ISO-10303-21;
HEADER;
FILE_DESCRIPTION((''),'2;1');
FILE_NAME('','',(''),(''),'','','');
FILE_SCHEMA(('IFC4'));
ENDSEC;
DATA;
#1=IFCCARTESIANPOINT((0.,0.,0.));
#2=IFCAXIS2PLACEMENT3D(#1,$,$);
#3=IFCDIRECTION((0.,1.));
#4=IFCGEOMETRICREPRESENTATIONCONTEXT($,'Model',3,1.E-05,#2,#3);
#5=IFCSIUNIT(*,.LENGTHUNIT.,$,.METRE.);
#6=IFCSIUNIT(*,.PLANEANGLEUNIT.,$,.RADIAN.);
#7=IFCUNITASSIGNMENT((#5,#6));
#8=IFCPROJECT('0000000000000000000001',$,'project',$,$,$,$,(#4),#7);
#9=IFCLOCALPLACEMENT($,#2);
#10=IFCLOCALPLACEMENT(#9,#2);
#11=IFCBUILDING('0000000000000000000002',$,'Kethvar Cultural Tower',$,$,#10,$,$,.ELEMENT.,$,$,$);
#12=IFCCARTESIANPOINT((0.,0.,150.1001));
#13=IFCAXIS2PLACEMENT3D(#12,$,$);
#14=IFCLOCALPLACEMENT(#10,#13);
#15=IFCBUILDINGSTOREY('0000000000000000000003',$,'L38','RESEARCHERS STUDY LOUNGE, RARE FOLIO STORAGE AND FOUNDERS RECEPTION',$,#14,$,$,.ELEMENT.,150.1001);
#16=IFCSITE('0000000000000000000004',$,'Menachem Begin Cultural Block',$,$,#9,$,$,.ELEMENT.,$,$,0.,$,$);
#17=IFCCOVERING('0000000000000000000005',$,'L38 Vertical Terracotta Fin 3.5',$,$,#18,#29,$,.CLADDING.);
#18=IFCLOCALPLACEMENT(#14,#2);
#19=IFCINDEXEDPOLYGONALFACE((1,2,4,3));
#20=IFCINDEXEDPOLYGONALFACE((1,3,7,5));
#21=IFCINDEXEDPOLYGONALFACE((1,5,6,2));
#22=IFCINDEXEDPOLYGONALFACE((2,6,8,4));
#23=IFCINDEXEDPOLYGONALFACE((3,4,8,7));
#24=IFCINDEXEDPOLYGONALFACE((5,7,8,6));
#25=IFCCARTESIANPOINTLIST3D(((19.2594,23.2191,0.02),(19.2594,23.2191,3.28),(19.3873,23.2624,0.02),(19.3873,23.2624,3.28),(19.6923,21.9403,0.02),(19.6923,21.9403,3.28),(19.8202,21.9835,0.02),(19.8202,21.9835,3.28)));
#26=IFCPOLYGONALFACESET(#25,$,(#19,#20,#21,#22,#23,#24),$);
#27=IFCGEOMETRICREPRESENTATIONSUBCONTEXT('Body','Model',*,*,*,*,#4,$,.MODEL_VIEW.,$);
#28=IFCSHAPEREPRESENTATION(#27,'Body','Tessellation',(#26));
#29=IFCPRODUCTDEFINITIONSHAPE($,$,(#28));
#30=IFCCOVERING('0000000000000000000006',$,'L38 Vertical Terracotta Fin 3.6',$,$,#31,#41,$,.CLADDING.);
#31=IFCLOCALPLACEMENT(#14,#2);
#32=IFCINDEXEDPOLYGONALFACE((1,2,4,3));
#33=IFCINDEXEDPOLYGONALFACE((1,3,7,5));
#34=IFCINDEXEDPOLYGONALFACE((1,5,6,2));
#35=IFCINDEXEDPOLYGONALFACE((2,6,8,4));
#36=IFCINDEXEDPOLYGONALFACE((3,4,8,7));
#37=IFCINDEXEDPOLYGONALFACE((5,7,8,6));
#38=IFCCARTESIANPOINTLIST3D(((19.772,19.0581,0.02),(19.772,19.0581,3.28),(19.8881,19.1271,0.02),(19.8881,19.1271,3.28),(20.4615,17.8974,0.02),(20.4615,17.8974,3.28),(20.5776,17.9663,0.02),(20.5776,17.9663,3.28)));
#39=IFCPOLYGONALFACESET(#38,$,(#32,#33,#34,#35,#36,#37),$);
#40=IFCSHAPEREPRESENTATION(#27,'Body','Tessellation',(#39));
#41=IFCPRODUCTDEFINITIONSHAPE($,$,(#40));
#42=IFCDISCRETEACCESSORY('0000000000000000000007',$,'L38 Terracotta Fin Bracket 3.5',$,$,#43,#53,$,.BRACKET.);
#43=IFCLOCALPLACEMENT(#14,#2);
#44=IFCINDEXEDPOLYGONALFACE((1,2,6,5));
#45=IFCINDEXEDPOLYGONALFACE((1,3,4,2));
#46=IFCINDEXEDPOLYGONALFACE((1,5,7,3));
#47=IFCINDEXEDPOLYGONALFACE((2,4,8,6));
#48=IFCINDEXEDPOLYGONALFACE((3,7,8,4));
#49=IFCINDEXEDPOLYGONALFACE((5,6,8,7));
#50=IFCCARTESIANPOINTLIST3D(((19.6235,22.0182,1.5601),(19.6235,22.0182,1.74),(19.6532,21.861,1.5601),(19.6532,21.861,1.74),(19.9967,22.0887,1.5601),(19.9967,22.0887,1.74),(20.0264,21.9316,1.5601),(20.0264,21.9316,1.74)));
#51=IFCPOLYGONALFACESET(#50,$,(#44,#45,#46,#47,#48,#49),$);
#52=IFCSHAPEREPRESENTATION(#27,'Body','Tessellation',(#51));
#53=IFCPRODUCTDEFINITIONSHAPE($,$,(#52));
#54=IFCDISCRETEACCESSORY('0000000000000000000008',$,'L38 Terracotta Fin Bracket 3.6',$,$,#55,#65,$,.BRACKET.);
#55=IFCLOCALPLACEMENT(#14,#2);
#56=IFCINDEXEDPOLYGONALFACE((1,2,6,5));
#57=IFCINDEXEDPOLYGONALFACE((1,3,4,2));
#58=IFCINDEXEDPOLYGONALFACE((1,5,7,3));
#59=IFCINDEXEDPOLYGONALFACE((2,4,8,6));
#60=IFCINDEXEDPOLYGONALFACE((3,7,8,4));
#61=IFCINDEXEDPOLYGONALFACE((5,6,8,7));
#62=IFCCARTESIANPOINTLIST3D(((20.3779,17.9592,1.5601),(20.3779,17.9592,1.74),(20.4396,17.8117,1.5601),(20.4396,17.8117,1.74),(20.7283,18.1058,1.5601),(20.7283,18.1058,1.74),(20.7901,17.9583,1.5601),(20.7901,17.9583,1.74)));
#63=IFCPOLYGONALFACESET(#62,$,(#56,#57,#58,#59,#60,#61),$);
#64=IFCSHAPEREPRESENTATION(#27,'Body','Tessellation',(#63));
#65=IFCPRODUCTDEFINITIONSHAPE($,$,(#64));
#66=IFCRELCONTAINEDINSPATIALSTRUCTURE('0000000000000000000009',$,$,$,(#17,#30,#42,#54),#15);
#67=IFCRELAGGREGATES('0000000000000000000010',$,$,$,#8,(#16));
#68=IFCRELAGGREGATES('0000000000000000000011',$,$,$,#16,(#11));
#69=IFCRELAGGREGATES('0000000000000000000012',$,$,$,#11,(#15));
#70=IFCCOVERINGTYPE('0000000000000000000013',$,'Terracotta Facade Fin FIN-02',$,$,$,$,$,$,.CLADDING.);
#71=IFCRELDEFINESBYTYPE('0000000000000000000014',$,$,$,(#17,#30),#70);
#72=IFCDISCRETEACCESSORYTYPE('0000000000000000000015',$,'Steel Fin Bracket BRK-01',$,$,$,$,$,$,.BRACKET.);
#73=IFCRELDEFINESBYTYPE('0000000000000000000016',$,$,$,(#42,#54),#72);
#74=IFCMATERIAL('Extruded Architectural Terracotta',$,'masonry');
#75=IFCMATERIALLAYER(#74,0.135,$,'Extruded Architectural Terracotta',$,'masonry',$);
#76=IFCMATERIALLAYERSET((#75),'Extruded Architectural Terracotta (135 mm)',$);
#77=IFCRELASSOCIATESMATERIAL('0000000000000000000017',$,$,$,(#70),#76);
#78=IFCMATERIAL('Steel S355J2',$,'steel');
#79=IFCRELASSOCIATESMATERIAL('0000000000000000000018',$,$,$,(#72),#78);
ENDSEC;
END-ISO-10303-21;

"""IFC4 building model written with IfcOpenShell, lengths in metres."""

from ifc_helpers import new_model, si_unit, direction, frame, origin, origin_2d, place, context, subcontext, project, spatial, rectangle, extrude, source, transform, mapped, material, layer, layer_set, type_object, element, save


model = new_model("IFC4")

# Units and contexts
model_context = context("Model", 3, precision=1e-05, world=origin(), true_north=direction((0.0, 1.0)))
body_context = subcontext(model_context, "Body", "Model", "MODEL_VIEW")
ifc_project = project(units=[si_unit("LENGTHUNIT", "METRE"), si_unit("PLANEANGLEUNIT", "RADIAN")], contexts=[model_context])

# Site, building, storey
site_placement = place(None, origin())
site = spatial("IfcSite", under=ifc_project, at=site_placement, Name="Menachem Begin Cultural Block", CompositionType="ELEMENT", RefElevation=0.0)
building_placement = place(site_placement, origin())
building = spatial("IfcBuilding", under=site, at=building_placement, Name="Kethvar Cultural Tower", CompositionType="ELEMENT")
storey_placement = place(building_placement, frame((0.0, 0.0, 150.1001)))
storey = spatial("IfcBuildingStorey", under=building, at=storey_placement, Name="L38", Description="RESEARCHERS STUDY LOUNGE, RARE FOLIO STORAGE AND FOUNDERS RECEPTION", CompositionType="ELEMENT", Elevation=150.1001)

# Coverings
ifc_material_1 = material(Name="Extruded Architectural Terracotta", Category="masonry")
ifc_layer_1 = layer(ifc_material_1, 0.135, Name="Extruded Architectural Terracotta", Category="masonry")
ifc_layer_set_1 = layer_set([ifc_layer_1], Name="Extruded Architectural Terracotta (135 mm)")
covering_type_1 = type_object("IfcCoveringType", Name="Terracotta Facade Fin FIN-02", PredefinedType="CLADDING", material=ifc_layer_set_1)
shared_shape_1 = source(origin(), body_context, "Body", "SweptSolid", [
    extrude(rectangle(XDim=1.3501, YDim=0.135, at=origin_2d()), origin(), (0.0, 0.0, 1.0), 3.26),
])
for number, where, z_axis, x_axis, name in (
    (1, (19.5398, 22.6013, 0.02), (0.0, 0.0, 1.0), (-0.320613, 0.94721, 0.0), "L38 Vertical Terracotta Fin 3.5"),
    (2, (20.1748, 18.5122, 0.02), (0.0, 0.0, 1.0), (-0.510693, 0.859763, 0.0), "L38 Vertical Terracotta Fin 3.6"),
):
    element("IfcCovering", number, at=place(storey_placement, frame(where, z_axis=z_axis, x_axis=x_axis)), inside=storey, type_object=covering_type_1, Name=name, PredefinedType="CLADDING", context=body_context, shape_type="MappedRepresentation", body=[
        mapped(shared_shape_1, transform((0.0, 0.0, 0.0), scale=1.0)),
    ])

# Discrete accessories
ifc_material_2 = material(Name="Steel S355J2", Category="steel")
discrete_accessory_type = type_object("IfcDiscreteAccessoryType", Name="Steel Fin Bracket BRK-01", PredefinedType="BRACKET", material=ifc_material_2)
shared_shape_2 = source(origin(), body_context, "Body", "SweptSolid", [
    extrude(rectangle(XDim=0.3799, YDim=0.1599, at=origin_2d()), origin(), (0.0, 0.0, 1.0), 0.1799),
])
for number, where, z_axis, x_axis, name in (
    (3, (19.825, 21.9749, 1.5601), (0.0, 0.0, 1.0), (-0.982613, -0.185667, 0.0), "L38 Terracotta Fin Bracket 3.5"),
    (4, (20.584, 17.9587, 1.5601), (0.0, 0.0, 1.0), (-0.922471, -0.386067, 0.0), "L38 Terracotta Fin Bracket 3.6"),
):
    element("IfcDiscreteAccessory", number, at=place(storey_placement, frame(where, z_axis=z_axis, x_axis=x_axis)), inside=storey, type_object=discrete_accessory_type, Name=name, PredefinedType="BRACKET", context=body_context, shape_type="MappedRepresentation", body=[
        mapped(shared_shape_2, transform((0.0, 0.0, 0.0), scale=1.0)),
    ])

save(model, "model.ifc")
